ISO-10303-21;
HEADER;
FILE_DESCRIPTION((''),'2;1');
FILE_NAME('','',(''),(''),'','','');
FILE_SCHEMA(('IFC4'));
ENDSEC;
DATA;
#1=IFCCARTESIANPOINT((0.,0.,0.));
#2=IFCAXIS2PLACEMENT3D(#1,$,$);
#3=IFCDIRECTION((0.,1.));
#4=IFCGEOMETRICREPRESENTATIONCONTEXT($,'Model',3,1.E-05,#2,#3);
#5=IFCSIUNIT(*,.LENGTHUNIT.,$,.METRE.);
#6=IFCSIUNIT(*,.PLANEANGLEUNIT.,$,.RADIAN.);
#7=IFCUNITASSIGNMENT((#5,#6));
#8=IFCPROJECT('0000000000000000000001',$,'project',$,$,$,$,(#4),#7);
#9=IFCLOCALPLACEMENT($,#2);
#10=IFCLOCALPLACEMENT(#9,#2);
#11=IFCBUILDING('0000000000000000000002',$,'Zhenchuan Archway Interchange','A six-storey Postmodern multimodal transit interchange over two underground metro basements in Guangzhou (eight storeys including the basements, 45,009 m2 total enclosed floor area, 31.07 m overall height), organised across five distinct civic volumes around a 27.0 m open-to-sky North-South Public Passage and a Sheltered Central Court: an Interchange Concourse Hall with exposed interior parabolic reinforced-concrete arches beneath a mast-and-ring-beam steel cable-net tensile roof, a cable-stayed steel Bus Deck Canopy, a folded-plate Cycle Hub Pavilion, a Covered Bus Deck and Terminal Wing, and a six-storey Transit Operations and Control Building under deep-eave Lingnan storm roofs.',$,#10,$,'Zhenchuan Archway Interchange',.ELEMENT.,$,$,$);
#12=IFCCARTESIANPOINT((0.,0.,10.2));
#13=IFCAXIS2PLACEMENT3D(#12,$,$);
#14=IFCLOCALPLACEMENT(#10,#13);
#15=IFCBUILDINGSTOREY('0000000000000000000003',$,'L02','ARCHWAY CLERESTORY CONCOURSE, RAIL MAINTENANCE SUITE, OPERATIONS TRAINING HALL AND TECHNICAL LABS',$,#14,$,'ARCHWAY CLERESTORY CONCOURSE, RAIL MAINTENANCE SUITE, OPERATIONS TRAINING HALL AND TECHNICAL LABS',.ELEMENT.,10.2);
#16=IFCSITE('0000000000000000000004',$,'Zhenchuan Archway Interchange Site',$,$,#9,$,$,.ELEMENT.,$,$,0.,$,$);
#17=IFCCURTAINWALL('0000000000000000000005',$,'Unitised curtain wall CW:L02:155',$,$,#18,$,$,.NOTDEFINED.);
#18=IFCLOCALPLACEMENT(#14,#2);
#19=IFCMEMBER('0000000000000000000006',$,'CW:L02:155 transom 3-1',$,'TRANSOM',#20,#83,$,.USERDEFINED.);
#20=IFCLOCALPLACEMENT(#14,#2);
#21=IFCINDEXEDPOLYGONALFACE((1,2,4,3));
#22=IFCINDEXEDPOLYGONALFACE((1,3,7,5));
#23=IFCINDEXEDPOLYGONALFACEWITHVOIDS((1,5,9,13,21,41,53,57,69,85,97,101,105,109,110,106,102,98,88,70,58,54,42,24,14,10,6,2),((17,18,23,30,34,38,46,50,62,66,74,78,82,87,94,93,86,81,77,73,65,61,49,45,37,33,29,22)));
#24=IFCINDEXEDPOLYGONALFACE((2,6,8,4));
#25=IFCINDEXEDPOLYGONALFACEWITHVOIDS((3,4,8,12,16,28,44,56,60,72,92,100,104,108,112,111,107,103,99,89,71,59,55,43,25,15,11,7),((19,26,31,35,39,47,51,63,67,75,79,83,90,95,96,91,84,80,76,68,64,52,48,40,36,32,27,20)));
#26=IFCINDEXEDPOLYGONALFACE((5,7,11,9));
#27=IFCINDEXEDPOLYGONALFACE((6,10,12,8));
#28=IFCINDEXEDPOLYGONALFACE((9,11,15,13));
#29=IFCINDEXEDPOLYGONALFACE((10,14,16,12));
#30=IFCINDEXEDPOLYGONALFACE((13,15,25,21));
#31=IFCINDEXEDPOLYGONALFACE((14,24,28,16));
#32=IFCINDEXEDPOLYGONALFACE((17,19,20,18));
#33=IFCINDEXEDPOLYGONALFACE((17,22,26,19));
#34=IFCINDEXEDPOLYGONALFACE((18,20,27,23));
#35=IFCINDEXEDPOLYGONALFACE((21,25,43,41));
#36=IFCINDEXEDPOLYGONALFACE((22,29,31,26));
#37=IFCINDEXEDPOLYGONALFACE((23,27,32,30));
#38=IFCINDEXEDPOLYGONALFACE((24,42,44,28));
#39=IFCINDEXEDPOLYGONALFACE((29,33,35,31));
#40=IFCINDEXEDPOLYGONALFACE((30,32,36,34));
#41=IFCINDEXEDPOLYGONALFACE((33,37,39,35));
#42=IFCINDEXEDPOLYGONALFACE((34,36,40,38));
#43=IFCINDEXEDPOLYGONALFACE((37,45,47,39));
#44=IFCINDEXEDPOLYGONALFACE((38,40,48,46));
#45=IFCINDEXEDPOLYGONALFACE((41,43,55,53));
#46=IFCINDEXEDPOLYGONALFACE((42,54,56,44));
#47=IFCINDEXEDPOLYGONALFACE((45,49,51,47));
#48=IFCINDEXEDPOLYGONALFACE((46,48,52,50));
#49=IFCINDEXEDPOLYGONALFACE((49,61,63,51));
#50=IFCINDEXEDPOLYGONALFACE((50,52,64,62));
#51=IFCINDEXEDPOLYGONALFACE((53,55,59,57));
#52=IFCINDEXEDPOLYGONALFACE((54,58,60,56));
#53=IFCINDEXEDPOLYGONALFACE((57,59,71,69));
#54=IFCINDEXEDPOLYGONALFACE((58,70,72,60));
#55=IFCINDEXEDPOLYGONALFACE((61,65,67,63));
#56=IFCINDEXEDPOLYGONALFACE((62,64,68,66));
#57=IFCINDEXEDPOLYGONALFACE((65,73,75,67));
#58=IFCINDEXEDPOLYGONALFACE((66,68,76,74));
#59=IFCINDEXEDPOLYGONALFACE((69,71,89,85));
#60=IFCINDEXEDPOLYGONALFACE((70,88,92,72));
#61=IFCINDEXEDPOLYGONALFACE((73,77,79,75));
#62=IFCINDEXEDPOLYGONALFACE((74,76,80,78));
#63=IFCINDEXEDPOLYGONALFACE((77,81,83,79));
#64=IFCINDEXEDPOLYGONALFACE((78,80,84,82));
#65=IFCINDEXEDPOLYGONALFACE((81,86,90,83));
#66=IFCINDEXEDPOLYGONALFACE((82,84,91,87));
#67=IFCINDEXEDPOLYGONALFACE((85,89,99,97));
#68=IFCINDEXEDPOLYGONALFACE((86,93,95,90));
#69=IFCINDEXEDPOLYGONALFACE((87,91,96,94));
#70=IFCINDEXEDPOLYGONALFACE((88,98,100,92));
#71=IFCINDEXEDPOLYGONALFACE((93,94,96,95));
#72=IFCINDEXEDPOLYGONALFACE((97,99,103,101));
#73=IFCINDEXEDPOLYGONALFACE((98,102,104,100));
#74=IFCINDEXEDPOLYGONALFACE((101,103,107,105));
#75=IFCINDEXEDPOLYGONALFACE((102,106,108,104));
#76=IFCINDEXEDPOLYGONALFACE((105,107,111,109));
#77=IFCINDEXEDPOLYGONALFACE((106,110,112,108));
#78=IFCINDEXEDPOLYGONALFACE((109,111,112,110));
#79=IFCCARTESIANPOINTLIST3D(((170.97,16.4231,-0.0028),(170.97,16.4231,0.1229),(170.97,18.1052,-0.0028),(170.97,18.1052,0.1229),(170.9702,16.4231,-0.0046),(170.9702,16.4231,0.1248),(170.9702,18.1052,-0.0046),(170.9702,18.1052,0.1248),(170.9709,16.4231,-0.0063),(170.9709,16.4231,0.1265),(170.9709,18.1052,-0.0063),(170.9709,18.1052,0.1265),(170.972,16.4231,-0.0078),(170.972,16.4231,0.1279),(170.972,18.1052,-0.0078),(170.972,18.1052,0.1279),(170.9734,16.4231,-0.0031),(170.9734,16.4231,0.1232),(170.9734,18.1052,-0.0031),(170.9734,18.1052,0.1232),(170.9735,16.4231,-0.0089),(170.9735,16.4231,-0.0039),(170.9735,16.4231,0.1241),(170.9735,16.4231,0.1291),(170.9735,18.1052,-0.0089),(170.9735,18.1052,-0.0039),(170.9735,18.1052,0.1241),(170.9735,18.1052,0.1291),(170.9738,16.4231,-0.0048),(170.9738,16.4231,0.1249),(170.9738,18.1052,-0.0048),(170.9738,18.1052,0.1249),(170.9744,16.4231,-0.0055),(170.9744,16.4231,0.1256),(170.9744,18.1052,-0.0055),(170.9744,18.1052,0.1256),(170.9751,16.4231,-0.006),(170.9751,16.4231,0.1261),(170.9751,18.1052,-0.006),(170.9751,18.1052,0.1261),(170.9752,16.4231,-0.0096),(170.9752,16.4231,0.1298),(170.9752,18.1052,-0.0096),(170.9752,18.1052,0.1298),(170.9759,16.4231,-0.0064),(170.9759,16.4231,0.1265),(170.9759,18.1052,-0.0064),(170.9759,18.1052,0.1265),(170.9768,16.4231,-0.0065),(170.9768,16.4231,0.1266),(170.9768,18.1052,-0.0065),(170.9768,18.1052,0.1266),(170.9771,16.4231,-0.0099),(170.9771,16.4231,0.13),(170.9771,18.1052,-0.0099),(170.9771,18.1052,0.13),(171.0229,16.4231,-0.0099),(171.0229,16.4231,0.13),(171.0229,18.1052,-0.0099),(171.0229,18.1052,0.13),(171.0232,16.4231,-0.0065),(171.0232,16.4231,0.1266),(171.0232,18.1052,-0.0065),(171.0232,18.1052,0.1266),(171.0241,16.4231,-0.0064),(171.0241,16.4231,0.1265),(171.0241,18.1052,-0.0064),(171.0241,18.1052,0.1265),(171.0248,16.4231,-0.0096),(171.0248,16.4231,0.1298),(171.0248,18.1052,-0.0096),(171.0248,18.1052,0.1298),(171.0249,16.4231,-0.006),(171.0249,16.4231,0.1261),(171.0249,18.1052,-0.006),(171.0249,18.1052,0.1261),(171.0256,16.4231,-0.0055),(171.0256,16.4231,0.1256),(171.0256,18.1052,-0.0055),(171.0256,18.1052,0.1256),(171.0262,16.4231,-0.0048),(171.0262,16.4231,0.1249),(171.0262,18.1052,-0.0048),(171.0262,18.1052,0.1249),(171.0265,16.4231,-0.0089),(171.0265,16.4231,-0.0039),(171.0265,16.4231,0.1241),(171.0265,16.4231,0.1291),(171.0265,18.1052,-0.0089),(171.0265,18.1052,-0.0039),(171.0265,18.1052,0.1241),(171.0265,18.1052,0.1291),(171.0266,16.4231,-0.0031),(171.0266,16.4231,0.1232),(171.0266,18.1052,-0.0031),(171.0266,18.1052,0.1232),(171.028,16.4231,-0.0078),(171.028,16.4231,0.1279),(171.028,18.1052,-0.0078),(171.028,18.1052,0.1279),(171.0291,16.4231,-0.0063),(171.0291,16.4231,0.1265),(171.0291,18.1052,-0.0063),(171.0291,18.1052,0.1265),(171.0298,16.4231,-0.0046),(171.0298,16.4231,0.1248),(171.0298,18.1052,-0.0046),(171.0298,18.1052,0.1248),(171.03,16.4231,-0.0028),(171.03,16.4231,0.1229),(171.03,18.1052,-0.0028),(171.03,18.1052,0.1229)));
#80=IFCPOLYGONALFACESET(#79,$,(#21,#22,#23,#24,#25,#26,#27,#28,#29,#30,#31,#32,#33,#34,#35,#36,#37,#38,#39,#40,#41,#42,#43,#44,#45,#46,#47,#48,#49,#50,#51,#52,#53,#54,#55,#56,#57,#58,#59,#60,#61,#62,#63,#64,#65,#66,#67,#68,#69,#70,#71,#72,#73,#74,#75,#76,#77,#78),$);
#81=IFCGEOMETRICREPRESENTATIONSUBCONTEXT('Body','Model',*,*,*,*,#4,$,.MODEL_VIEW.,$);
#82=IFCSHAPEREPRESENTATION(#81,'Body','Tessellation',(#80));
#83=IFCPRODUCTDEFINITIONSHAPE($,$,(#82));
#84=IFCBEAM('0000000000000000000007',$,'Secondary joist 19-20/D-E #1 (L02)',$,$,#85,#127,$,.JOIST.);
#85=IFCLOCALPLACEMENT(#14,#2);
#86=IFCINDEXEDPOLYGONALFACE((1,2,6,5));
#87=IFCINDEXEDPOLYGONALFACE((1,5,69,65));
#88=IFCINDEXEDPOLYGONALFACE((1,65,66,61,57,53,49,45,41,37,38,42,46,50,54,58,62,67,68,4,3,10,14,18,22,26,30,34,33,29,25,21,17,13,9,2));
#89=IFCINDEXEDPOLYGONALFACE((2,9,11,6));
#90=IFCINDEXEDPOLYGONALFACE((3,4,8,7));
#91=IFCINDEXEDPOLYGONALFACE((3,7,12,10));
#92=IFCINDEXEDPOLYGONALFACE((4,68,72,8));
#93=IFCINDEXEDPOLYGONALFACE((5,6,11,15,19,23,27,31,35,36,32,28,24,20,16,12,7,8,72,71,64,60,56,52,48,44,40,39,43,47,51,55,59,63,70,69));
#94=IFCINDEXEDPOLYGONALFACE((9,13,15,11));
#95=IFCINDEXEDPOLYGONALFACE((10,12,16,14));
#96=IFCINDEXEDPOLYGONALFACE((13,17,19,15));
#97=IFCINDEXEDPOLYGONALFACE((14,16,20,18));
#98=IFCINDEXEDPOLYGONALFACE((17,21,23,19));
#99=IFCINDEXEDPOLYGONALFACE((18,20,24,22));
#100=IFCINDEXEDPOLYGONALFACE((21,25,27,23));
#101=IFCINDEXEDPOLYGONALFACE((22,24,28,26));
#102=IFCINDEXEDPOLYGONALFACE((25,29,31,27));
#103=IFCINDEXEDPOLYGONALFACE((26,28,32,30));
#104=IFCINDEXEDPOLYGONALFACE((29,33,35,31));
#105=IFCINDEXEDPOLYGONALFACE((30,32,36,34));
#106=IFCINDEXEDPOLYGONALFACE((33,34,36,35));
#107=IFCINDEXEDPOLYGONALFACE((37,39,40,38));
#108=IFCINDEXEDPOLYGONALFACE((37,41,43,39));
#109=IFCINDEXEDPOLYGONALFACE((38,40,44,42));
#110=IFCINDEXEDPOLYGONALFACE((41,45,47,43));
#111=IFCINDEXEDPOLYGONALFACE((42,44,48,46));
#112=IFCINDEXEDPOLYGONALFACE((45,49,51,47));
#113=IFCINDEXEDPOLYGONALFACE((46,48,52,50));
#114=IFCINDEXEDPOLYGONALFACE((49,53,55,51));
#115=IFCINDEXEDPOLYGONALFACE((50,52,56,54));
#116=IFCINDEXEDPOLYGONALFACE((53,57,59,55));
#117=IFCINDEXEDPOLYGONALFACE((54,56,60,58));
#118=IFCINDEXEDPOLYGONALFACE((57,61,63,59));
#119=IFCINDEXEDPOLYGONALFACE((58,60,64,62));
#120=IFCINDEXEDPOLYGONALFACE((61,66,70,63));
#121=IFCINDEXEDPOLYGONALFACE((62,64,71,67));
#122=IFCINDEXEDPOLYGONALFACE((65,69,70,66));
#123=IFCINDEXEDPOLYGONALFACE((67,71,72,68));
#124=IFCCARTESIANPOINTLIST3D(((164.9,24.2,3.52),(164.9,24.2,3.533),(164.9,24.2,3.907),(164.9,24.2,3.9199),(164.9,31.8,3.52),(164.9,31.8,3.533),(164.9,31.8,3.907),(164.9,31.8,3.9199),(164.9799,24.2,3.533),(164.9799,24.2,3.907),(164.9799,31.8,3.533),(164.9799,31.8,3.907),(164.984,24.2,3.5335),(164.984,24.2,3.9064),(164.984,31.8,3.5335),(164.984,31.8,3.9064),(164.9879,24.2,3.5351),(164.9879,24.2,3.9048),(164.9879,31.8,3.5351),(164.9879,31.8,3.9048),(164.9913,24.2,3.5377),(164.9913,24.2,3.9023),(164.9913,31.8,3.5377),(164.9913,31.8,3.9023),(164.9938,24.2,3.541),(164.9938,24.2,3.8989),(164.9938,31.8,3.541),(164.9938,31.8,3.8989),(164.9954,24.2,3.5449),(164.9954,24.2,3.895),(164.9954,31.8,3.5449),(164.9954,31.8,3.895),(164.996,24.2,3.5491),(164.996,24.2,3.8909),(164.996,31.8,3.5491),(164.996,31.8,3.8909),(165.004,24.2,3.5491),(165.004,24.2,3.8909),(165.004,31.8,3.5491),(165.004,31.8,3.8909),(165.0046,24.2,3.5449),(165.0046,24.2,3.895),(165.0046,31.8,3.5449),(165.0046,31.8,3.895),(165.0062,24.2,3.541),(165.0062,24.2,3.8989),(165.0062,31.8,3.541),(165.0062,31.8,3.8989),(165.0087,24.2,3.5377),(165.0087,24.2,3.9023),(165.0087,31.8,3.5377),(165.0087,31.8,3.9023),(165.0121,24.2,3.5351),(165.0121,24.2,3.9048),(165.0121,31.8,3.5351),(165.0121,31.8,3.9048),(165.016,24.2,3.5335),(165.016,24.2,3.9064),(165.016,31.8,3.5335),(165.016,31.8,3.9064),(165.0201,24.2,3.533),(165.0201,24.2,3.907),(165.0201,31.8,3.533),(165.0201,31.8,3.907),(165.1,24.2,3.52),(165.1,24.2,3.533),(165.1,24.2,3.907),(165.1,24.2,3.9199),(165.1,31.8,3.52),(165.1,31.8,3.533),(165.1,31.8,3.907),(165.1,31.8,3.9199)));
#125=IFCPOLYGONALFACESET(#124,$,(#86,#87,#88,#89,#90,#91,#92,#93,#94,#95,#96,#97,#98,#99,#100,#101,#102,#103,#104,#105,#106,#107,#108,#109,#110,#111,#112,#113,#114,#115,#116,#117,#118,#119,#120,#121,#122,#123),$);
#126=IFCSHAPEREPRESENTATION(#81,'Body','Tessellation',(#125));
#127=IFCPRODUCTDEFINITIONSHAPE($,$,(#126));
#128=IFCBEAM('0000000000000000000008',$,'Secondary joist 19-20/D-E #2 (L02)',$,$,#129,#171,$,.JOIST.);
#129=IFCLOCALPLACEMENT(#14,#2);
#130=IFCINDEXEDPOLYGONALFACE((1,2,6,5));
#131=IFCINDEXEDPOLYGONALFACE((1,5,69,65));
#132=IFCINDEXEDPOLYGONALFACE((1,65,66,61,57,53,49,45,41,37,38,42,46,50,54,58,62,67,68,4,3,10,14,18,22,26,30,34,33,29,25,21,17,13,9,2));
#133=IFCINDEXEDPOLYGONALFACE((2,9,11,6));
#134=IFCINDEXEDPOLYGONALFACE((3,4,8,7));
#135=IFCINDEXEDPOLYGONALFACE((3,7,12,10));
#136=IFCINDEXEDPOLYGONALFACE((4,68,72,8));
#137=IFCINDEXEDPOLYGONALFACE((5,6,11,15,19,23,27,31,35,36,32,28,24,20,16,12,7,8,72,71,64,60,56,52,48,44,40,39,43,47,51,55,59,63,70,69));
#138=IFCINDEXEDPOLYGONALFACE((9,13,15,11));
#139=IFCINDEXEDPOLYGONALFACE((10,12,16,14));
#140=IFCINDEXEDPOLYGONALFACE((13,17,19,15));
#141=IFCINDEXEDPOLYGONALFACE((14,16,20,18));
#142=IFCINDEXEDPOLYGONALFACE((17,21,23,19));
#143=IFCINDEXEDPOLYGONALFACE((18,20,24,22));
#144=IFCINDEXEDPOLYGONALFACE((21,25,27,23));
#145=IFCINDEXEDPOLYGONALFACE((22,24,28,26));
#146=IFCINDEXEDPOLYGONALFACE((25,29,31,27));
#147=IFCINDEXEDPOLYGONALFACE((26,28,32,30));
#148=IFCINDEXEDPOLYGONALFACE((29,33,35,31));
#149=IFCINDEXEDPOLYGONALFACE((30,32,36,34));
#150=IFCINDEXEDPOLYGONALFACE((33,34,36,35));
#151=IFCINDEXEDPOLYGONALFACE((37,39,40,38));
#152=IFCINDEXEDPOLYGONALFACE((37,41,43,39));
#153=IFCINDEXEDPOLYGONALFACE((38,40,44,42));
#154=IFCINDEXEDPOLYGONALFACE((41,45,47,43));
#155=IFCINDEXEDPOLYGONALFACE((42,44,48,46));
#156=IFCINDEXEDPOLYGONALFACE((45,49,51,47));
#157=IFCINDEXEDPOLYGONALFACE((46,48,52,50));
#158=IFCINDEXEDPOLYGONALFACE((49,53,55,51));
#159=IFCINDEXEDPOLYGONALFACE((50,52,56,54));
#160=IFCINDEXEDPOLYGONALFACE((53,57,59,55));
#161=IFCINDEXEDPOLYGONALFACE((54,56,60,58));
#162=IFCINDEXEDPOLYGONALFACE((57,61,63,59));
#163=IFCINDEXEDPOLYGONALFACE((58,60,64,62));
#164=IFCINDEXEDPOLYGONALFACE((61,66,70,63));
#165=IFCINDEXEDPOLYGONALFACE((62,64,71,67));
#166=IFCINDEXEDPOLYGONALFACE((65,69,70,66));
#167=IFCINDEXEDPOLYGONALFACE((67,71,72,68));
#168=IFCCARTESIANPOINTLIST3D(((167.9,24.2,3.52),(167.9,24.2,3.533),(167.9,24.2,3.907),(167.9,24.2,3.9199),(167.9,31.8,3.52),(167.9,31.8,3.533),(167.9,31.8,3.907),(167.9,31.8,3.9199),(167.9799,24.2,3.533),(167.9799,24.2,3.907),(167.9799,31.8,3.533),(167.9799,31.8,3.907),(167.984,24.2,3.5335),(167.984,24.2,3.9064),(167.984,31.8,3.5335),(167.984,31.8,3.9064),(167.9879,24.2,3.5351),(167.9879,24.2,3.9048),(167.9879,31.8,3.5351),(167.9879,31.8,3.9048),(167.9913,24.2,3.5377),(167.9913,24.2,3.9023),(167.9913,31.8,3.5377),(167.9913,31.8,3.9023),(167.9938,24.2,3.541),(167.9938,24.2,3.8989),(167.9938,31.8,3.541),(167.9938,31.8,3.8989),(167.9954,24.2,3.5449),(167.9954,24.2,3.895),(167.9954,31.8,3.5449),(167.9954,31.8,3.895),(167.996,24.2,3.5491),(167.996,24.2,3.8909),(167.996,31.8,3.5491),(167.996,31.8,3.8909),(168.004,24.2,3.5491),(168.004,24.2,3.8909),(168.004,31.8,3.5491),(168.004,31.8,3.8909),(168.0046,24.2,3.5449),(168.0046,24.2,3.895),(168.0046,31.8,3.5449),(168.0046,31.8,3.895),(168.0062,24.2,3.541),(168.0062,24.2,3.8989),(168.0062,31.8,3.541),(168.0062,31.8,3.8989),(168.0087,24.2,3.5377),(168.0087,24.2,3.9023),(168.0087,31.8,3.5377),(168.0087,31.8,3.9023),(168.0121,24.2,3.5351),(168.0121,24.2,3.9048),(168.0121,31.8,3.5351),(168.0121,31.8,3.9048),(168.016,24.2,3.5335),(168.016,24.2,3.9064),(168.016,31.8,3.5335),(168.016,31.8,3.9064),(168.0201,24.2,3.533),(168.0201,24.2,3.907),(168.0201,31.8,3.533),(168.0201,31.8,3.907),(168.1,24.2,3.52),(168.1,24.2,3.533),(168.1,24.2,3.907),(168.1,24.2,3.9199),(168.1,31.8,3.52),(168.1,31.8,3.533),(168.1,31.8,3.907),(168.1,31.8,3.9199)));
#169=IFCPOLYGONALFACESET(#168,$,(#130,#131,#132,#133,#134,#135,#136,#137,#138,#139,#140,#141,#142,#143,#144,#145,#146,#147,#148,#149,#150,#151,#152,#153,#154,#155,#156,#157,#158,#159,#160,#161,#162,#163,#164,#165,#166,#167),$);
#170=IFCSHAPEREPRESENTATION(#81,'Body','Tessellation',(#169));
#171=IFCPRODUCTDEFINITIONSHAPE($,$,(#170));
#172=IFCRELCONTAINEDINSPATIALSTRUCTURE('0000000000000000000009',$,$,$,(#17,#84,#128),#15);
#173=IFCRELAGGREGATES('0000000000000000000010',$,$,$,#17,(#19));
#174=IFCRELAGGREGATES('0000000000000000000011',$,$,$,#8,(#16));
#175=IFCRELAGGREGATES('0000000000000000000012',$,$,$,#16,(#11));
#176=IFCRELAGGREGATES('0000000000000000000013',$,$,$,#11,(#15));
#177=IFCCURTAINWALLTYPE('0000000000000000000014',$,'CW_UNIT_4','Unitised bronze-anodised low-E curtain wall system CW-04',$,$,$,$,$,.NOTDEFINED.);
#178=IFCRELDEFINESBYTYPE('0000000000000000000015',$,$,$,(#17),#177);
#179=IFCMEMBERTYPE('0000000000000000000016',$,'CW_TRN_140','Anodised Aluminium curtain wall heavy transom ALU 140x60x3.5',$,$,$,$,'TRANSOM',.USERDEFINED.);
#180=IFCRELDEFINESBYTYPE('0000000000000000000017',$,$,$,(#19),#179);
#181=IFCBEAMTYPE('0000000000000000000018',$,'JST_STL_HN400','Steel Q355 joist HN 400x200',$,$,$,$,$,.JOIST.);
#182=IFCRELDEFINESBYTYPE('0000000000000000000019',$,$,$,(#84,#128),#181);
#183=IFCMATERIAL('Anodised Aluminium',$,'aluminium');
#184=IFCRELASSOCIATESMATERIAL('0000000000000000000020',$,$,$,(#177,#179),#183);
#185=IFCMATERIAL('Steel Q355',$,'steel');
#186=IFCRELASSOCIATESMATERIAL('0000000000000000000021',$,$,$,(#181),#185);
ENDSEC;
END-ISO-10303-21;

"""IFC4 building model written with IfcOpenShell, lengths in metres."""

from ifc_helpers import new_model, si_unit, direction, frame, origin, origin_2d, place, context, subcontext, project, spatial, hollow_rectangle, i_section, extrude, material, material_profile, profile_set, type_object, element, aggregate, save


model = new_model("IFC4")

# Units and contexts
model_context = context("Model", 3, precision=1e-05, world=origin(), true_north=direction((0.0, 1.0)))
body_context = subcontext(model_context, "Body", "Model", "MODEL_VIEW")
ifc_project = project(units=[si_unit("LENGTHUNIT", "METRE"), si_unit("PLANEANGLEUNIT", "RADIAN")], contexts=[model_context])

# Site, building, storey
site_placement = place(None, origin())
site = spatial("IfcSite", under=ifc_project, at=site_placement, Name="Zhenchuan Archway Interchange Site", CompositionType="ELEMENT", RefElevation=0.0)
building_placement = place(site_placement, origin())
building = spatial("IfcBuilding", under=site, at=building_placement, Name="Zhenchuan Archway Interchange", Description="A six-storey Postmodern multimodal transit interchange over two underground metro basements in Guangzhou (eight storeys including the basements, 45,009 m2 total enclosed floor area, 31.07 m overall height), organised across five distinct civic volumes around a 27.0 m open-to-sky North-South Public Passage and a Sheltered Central Court: an Interchange Concourse Hall with exposed interior parabolic reinforced-concrete arches beneath a mast-and-ring-beam steel cable-net tensile roof, a cable-stayed steel Bus Deck Canopy, a folded-plate Cycle Hub Pavilion, a Covered Bus Deck and Terminal Wing, and a six-storey Transit Operations and Control Building under deep-eave Lingnan storm roofs.", LongName="Zhenchuan Archway Interchange", CompositionType="ELEMENT")
storey_placement = place(building_placement, frame((0.0, 0.0, 10.2)))
storey = spatial("IfcBuildingStorey", under=building, at=storey_placement, Name="L02", Description="ARCHWAY CLERESTORY CONCOURSE, RAIL MAINTENANCE SUITE, OPERATIONS TRAINING HALL AND TECHNICAL LABS", LongName="ARCHWAY CLERESTORY CONCOURSE, RAIL MAINTENANCE SUITE, OPERATIONS TRAINING HALL AND TECHNICAL LABS", CompositionType="ELEMENT", Elevation=10.2)

# Curtain wall, member
ifc_material_1 = material(Name="Anodised Aluminium", Category="aluminium")
curtain_wall_type = type_object("IfcCurtainWallType", Name="CW_UNIT_4", Description="Unitised bronze-anodised low-E curtain wall system CW-04", PredefinedType="NOTDEFINED", material=ifc_material_1)
curtain_wall_placement = place(storey_placement, origin())
curtain_wall = element("IfcCurtainWall", 1, at=curtain_wall_placement, inside=storey, type_object=curtain_wall_type, Name="Unitised curtain wall CW:L02:155", PredefinedType="NOTDEFINED")
ifc_material_profile_1 = material_profile(ifc_material_1, hollow_rectangle(XDim=0.0601, YDim=0.1399, WallThickness=0.0034, InnerFilletRadius=0.0034, OuterFilletRadius=0.0071, at=origin_2d()), Name="ALU 140x60x3.5")
ifc_profile_set_1 = profile_set([ifc_material_profile_1], Name="Anodised Aluminium")
member_type_1 = type_object("IfcMemberType", Name="CW_TRN_140", Description="Anodised Aluminium curtain wall heavy transom ALU 140x60x3.5", ElementType="TRANSOM", PredefinedType="USERDEFINED", material=ifc_profile_set_1)
member_1_placement = place(storey_placement, frame((171.0, 18.1052, 0.0601), z_axis=(0.0, -1.0, 0.0), x_axis=(1.0, 0.0, 0.0)))
member_1 = element("IfcMember", 2, at=member_1_placement, type_object=member_type_1, Name="CW:L02:155 transom 3-1", ObjectType="TRANSOM", PredefinedType="USERDEFINED", context=body_context, shape_type="SweptSolid", body=[
    extrude(hollow_rectangle(XDim=0.0601, YDim=0.1399, WallThickness=0.0034, InnerFilletRadius=0.0034, OuterFilletRadius=0.0071, at=origin_2d()), origin(), (0.0, 0.0, 1.0), 1.6821),
])

# Beams
ifc_material_2 = material(Name="Steel Q355", Category="steel")
ifc_material_profile_2 = material_profile(ifc_material_2, i_section(OverallWidth=0.2, OverallDepth=0.3999, WebThickness=0.0081, FlangeThickness=0.0129, FilletRadius=0.0161, at=origin_2d()), Name="HN 400x200")
ifc_profile_set_2 = profile_set([ifc_material_profile_2], Name="Steel Q355")
beam_type_1 = type_object("IfcBeamType", Name="JST_STL_HN400", Description="Steel Q355 joist HN 400x200", PredefinedType="JOIST", material=ifc_profile_set_2)
for number, where, z_axis, x_axis, name in (
    (3, (165.0, 24.2, 3.72), (0.0, 1.0, 0.0), (-1.0, 0.0, 0.0), "Secondary joist 19-20/D-E #1 (L02)"),
    (4, (168.0, 24.2, 3.72), (0.0, 1.0, 0.0), (-1.0, 0.0, 0.0), "Secondary joist 19-20/D-E #2 (L02)"),
):
    element("IfcBeam", number, at=place(storey_placement, frame(where, z_axis=z_axis, x_axis=x_axis)), inside=storey, type_object=beam_type_1, Name=name, PredefinedType="JOIST", context=body_context, shape_type="SweptSolid", body=[
        extrude(i_section(OverallWidth=0.2, OverallDepth=0.3999, WebThickness=0.0081, FlangeThickness=0.0129, FilletRadius=0.0161, at=origin_2d()), origin(), (0.0, 0.0, 1.0), 7.6001),
    ])

aggregate(curtain_wall, [member_1])

save(model, "model.ifc")
